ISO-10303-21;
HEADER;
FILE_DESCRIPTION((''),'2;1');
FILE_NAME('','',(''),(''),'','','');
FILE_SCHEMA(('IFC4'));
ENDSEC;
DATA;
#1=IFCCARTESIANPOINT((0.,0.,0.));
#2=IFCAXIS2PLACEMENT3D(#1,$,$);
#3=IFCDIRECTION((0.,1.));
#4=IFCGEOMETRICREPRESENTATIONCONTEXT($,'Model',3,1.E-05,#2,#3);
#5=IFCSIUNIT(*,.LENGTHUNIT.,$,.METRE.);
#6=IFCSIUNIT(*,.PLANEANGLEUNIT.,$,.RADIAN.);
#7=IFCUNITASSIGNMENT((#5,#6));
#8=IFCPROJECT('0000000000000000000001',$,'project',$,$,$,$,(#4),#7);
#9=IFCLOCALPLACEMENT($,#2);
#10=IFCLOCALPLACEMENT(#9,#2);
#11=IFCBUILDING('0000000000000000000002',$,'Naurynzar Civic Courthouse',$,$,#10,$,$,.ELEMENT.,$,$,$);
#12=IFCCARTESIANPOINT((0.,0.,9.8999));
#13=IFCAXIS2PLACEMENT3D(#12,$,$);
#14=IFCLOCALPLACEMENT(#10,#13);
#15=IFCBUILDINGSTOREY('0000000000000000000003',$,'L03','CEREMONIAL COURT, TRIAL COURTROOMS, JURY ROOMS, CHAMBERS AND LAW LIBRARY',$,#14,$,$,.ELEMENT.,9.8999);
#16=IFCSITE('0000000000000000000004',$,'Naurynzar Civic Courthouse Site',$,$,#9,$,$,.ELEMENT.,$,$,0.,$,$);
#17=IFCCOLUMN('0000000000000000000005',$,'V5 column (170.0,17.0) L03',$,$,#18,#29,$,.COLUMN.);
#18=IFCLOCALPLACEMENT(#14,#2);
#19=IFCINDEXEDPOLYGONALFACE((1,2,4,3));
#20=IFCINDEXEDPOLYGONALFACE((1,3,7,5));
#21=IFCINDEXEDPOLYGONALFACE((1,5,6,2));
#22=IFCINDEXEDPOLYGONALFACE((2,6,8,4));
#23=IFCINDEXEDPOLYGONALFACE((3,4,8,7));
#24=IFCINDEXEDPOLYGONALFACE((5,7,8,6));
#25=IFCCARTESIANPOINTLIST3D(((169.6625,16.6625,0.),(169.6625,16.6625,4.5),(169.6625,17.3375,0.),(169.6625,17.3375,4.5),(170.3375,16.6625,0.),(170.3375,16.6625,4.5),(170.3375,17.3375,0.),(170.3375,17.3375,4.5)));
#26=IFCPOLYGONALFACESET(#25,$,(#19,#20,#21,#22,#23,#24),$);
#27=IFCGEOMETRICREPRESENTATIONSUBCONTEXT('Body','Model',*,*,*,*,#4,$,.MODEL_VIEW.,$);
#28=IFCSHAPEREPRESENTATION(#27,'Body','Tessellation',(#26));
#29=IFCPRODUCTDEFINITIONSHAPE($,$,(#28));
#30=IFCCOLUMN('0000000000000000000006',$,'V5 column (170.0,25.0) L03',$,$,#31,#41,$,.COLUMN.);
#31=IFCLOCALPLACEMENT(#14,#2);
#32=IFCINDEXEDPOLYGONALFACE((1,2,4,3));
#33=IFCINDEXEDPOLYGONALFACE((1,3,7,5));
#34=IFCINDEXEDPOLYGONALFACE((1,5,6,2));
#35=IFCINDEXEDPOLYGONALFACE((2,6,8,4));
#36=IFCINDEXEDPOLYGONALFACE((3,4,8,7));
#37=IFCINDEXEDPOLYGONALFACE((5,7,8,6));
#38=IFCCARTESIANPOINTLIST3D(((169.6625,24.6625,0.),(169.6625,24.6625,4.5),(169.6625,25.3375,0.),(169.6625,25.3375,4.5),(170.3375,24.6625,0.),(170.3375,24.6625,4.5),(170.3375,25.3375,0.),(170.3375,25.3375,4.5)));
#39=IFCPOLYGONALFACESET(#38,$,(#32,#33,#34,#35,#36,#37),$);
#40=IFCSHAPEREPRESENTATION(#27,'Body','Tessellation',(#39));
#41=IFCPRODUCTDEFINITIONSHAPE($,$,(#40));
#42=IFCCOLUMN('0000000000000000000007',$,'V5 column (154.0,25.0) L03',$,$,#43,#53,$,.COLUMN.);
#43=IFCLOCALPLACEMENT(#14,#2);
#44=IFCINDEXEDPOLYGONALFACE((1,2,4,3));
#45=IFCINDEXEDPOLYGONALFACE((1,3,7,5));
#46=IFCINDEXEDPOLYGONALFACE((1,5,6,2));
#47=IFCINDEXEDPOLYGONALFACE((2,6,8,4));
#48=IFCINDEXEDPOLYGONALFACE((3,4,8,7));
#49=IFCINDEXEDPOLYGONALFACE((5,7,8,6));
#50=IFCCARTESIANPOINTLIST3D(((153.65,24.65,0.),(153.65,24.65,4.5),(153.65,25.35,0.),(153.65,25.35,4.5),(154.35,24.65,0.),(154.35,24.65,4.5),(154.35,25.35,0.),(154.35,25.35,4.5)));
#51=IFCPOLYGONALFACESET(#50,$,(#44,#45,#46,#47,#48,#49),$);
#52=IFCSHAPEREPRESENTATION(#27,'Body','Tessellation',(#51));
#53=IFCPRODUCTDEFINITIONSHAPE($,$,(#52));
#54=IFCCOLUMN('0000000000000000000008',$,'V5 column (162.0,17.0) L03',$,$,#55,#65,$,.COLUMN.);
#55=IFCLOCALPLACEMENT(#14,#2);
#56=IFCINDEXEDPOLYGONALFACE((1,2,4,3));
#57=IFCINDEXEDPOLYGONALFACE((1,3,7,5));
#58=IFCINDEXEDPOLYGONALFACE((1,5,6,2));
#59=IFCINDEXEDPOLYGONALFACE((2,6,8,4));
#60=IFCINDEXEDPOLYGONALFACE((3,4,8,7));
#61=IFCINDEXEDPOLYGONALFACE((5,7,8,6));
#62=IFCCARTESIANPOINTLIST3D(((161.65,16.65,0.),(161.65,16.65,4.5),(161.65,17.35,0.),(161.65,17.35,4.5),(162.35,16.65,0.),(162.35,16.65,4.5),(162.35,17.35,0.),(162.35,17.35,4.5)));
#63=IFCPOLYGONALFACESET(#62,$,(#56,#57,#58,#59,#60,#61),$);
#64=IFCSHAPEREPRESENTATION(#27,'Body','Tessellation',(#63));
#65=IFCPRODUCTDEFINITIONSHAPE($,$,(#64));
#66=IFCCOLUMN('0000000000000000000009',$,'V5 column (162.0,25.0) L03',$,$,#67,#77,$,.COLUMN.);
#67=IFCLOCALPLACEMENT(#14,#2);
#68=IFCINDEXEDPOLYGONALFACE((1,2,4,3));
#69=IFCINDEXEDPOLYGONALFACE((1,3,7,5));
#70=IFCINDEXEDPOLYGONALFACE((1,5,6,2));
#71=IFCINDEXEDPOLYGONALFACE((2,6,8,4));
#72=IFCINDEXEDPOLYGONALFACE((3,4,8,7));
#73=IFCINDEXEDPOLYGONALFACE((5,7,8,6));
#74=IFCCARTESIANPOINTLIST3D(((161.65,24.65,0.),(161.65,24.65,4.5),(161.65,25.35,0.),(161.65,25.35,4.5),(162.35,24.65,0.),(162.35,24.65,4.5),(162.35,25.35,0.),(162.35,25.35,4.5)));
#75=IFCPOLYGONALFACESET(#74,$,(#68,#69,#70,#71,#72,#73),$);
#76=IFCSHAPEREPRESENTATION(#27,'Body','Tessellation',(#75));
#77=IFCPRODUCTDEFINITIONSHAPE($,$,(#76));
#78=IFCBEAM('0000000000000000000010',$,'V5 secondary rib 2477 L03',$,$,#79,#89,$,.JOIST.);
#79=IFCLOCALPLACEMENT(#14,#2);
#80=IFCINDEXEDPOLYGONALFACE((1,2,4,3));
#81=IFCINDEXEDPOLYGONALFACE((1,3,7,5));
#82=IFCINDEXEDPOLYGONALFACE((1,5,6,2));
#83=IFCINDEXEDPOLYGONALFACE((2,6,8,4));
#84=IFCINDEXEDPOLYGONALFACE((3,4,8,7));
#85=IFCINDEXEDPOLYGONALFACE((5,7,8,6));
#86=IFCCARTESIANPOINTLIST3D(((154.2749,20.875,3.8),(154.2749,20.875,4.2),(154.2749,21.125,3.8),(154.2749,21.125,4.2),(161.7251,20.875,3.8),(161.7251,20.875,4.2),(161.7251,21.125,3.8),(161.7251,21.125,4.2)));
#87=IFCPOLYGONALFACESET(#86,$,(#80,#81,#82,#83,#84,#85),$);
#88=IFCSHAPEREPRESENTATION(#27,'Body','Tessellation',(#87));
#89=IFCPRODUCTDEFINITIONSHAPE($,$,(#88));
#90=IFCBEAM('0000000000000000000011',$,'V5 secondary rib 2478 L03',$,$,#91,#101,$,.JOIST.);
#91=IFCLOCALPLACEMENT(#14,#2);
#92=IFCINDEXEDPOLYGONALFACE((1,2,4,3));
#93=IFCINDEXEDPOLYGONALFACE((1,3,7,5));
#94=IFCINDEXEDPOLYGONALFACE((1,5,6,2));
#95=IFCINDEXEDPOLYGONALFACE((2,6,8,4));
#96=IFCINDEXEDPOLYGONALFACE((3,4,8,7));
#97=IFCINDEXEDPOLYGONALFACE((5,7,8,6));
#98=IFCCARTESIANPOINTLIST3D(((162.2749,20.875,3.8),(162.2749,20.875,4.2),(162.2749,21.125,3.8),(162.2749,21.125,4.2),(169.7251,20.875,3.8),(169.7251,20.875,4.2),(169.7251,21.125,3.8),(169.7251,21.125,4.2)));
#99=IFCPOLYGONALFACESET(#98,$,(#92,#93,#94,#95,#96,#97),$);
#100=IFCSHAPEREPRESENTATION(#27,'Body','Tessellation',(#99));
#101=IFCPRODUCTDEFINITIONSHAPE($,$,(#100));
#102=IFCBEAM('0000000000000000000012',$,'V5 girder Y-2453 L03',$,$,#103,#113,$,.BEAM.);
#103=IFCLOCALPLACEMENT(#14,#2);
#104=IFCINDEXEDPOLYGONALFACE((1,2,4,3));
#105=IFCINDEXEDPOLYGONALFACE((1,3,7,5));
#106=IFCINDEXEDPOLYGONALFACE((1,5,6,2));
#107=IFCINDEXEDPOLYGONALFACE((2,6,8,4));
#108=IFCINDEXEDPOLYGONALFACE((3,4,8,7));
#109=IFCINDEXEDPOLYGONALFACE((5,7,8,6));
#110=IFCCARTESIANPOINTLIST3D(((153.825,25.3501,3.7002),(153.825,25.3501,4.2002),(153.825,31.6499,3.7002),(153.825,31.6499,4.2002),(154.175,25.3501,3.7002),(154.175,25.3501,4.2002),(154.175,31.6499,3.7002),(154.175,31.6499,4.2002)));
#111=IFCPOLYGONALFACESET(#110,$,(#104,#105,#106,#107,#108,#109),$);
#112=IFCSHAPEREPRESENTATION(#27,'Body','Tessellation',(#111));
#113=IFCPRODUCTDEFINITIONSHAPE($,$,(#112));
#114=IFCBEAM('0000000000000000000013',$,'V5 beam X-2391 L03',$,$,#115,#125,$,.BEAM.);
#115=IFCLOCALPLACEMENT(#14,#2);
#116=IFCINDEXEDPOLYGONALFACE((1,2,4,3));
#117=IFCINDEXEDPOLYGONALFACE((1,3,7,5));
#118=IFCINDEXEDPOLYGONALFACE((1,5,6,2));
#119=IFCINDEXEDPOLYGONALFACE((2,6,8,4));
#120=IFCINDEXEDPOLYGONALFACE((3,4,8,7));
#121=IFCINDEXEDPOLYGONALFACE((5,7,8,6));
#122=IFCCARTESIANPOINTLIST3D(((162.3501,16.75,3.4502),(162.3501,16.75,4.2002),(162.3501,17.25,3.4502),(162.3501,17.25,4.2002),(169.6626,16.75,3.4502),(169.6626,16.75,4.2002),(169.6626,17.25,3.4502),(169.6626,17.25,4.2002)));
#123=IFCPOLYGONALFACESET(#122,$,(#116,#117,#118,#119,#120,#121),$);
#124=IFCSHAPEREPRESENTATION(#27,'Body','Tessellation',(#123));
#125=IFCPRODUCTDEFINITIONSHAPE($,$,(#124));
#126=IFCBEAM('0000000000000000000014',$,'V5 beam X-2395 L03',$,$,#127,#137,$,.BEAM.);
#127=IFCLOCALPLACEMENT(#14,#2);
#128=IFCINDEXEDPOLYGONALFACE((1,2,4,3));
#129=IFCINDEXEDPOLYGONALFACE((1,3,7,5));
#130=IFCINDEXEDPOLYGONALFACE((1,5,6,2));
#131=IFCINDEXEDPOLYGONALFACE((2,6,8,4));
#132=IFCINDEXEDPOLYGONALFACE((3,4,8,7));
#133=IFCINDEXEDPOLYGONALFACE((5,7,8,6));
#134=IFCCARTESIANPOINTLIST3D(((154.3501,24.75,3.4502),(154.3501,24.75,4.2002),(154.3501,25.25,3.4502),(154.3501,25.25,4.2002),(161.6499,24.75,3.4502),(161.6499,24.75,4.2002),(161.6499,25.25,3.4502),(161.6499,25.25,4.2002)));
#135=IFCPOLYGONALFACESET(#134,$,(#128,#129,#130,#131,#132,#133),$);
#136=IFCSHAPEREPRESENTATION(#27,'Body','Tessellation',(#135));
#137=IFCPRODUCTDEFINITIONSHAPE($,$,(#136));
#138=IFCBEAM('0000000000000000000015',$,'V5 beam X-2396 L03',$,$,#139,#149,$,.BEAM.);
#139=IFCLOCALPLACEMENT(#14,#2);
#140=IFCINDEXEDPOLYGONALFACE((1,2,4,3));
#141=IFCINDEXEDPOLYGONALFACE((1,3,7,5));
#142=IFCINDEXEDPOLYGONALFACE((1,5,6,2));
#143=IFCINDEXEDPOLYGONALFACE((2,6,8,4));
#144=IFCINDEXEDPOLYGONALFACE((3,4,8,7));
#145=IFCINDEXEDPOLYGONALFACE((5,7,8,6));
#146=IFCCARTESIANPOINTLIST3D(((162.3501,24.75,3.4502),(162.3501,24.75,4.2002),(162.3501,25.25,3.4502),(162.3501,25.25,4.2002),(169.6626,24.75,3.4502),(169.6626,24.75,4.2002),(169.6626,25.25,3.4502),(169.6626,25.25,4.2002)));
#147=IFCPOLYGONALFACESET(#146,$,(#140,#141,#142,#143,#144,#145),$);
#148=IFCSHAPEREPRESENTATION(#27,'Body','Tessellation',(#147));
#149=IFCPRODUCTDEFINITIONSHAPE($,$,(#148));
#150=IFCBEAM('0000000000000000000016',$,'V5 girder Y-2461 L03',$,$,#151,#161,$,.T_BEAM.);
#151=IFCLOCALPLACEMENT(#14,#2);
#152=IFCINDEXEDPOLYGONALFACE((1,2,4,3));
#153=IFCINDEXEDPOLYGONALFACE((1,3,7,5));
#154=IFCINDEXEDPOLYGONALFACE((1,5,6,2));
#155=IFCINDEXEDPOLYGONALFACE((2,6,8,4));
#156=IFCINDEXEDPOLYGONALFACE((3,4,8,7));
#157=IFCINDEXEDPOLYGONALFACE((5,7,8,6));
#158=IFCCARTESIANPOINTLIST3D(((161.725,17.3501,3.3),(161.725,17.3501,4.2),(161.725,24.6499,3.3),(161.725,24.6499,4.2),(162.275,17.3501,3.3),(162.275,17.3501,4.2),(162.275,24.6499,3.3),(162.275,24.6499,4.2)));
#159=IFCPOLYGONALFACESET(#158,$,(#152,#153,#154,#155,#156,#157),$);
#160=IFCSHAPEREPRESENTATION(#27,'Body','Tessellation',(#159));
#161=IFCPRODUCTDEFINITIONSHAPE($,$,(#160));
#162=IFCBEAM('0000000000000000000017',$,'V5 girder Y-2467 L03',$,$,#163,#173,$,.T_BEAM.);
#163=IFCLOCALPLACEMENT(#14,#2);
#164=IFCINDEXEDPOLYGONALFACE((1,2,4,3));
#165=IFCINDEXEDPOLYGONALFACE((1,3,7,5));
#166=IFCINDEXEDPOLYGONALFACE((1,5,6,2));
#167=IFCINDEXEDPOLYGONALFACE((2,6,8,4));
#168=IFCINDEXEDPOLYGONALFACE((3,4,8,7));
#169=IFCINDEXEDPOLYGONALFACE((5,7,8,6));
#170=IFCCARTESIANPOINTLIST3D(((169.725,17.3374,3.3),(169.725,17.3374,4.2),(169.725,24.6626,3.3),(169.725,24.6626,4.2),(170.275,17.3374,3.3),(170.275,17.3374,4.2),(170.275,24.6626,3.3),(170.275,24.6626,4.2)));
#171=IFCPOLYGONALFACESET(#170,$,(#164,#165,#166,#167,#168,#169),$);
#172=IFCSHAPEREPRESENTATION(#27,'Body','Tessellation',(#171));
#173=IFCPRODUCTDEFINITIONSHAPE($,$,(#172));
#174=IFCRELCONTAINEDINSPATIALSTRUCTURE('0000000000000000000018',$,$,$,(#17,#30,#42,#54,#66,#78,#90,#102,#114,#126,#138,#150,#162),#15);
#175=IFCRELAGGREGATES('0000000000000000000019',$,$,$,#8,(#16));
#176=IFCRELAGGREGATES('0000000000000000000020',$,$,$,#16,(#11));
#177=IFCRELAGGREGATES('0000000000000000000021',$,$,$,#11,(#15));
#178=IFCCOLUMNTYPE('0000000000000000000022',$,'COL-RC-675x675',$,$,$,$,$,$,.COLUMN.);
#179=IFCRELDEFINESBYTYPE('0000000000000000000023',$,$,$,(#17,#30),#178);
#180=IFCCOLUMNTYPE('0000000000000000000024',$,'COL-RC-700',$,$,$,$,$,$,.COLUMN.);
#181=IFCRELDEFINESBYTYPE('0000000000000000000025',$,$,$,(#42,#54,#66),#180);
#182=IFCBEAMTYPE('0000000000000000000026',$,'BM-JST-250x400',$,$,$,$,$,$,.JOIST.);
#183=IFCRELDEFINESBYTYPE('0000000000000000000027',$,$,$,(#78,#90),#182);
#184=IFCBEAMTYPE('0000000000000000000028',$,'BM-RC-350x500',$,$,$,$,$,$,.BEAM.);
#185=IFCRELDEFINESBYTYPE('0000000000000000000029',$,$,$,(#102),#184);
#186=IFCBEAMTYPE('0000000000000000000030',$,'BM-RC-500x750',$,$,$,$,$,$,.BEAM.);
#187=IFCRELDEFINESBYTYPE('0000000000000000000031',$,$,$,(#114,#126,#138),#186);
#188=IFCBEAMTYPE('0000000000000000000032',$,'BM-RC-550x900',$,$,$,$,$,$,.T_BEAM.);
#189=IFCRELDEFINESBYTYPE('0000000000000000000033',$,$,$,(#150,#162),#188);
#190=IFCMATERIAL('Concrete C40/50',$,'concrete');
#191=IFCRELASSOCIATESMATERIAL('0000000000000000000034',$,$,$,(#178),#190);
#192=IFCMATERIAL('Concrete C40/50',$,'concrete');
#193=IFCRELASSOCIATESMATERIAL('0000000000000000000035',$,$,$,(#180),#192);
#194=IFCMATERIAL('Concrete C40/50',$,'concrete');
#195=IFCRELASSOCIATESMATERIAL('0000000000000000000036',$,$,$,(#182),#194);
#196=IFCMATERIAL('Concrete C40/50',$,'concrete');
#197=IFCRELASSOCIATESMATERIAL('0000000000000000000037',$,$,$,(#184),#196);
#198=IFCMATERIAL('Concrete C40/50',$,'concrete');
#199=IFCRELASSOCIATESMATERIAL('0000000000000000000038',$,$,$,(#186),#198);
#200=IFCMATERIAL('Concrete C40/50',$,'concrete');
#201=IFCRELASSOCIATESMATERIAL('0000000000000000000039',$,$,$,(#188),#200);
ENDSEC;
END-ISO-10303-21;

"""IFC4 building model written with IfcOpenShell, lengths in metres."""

from ifc_helpers import new_model, si_unit, direction, frame, origin, origin_2d, place, context, subcontext, project, spatial, rectangle, extrude, material, material_profile, profile_set, type_object, element, save


model = new_model("IFC4")

# Units and contexts
model_context = context("Model", 3, precision=1e-05, world=origin(), true_north=direction((0.0, 1.0)))
body_context = subcontext(model_context, "Body", "Model", "MODEL_VIEW")
ifc_project = project(units=[si_unit("LENGTHUNIT", "METRE"), si_unit("PLANEANGLEUNIT", "RADIAN")], contexts=[model_context])

# Site, building, storey
site_placement = place(None, origin())
site = spatial("IfcSite", under=ifc_project, at=site_placement, Name="Naurynzar Civic Courthouse Site", CompositionType="ELEMENT", RefElevation=0.0)
building_placement = place(site_placement, origin())
building = spatial("IfcBuilding", under=site, at=building_placement, Name="Naurynzar Civic Courthouse", CompositionType="ELEMENT")
storey_placement = place(building_placement, frame((0.0, 0.0, 9.8999)))
storey = spatial("IfcBuildingStorey", under=building, at=storey_placement, Name="L03", Description="CEREMONIAL COURT, TRIAL COURTROOMS, JURY ROOMS, CHAMBERS AND LAW LIBRARY", CompositionType="ELEMENT", Elevation=9.8999)

# Columns
ifc_material_1 = material(Name="Concrete C40/50", Category="concrete")
ifc_material_profile_1 = material_profile(ifc_material_1, rectangle(XDim=0.675, YDim=0.675, at=origin_2d()), Name="RC 675x675")
ifc_profile_set_1 = profile_set([ifc_material_profile_1], Name="Concrete C40/50")
column_type_1 = type_object("IfcColumnType", Name="COL-RC-675x675", PredefinedType="COLUMN", material=ifc_profile_set_1)
for number, where, z_axis, x_axis, name in (
    (1, (170.0, 17.0, 0.0), (0.0, 0.0, 1.0), (1.0, 0.0, 0.0), "V5 column (170.0,17.0) L03"),
    (2, (170.0, 25.0, 0.0), (0.0, 0.0, 1.0), (1.0, 0.0, 0.0), "V5 column (170.0,25.0) L03"),
):
    element("IfcColumn", number, at=place(storey_placement, frame(where, z_axis=z_axis, x_axis=x_axis)), inside=storey, type_object=column_type_1, Name=name, PredefinedType="COLUMN", context=body_context, shape_type="SweptSolid", body=[
        extrude(rectangle(XDim=0.675, YDim=0.675, at=origin_2d()), origin(), (0.0, 0.0, 1.0), 4.5),
    ])
ifc_material_2 = material(Name="Concrete C40/50", Category="concrete")
ifc_material_profile_2 = material_profile(ifc_material_2, rectangle(XDim=0.7, YDim=0.7, at=origin_2d()), Name="RC 700x700")
ifc_profile_set_2 = profile_set([ifc_material_profile_2], Name="Concrete C40/50")
column_type_2 = type_object("IfcColumnType", Name="COL-RC-700", PredefinedType="COLUMN", material=ifc_profile_set_2)
for number, where, z_axis, x_axis, name in (
    (3, (154.0, 25.0, 0.0), (0.0, 0.0, 1.0), (1.0, 0.0, 0.0), "V5 column (154.0,25.0) L03"),
    (4, (162.0, 17.0, 0.0), (0.0, 0.0, 1.0), (1.0, 0.0, 0.0), "V5 column (162.0,17.0) L03"),
    (5, (162.0, 25.0, 0.0), (0.0, 0.0, 1.0), (1.0, 0.0, 0.0), "V5 column (162.0,25.0) L03"),
):
    element("IfcColumn", number, at=place(storey_placement, frame(where, z_axis=z_axis, x_axis=x_axis)), inside=storey, type_object=column_type_2, Name=name, PredefinedType="COLUMN", context=body_context, shape_type="SweptSolid", body=[
        extrude(rectangle(XDim=0.7, YDim=0.7, at=origin_2d()), origin(), (0.0, 0.0, 1.0), 4.5),
    ])

# Beams
ifc_material_3 = material(Name="Concrete C40/50", Category="concrete")
ifc_material_profile_3 = material_profile(ifc_material_3, rectangle(XDim=0.25, YDim=0.3999, at=origin_2d()), Name="RCB 250x400")
ifc_profile_set_3 = profile_set([ifc_material_profile_3], Name="Concrete C40/50")
beam_type_1 = type_object("IfcBeamType", Name="BM-JST-250x400", PredefinedType="JOIST", material=ifc_profile_set_3)
for number, where, z_axis, x_axis, name in (
    (6, (154.2749, 21.0, 4.0), (1.0, 0.0, 0.0), (0.0, 1.0, 0.0), "V5 secondary rib 2477 L03"),
    (7, (162.2749, 21.0, 4.0), (1.0, 0.0, 0.0), (0.0, 1.0, 0.0), "V5 secondary rib 2478 L03"),
):
    element("IfcBeam", number, at=place(storey_placement, frame(where, z_axis=z_axis, x_axis=x_axis)), inside=storey, type_object=beam_type_1, Name=name, PredefinedType="JOIST", context=body_context, shape_type="SweptSolid", body=[
        extrude(rectangle(XDim=0.25, YDim=0.3999, at=origin_2d()), origin(), (0.0, 0.0, 1.0), 7.4502),
    ])
ifc_material_4 = material(Name="Concrete C40/50", Category="concrete")
ifc_material_profile_4 = material_profile(ifc_material_4, rectangle(XDim=0.3501, YDim=0.5, at=origin_2d()), Name="RCB 350x500")
ifc_profile_set_4 = profile_set([ifc_material_profile_4], Name="Concrete C40/50")
beam_type_2 = type_object("IfcBeamType", Name="BM-RC-350x500", PredefinedType="BEAM", material=ifc_profile_set_4)
beam_1_placement = place(storey_placement, frame((154.0, 25.3501, 3.9502), z_axis=(0.0, 1.0, 0.0), x_axis=(-1.0, 0.0, 0.0)))
element("IfcBeam", 8, at=beam_1_placement, inside=storey, type_object=beam_type_2, Name="V5 girder Y-2453 L03", PredefinedType="BEAM", context=body_context, shape_type="SweptSolid", body=[
    extrude(rectangle(XDim=0.3501, YDim=0.5, at=origin_2d()), origin(), (0.0, 0.0, 1.0), 6.2998),
])
ifc_material_5 = material(Name="Concrete C40/50", Category="concrete")
ifc_material_profile_5 = material_profile(ifc_material_5, rectangle(XDim=0.5, YDim=0.75, at=origin_2d()), Name="RCB 500x750")
ifc_profile_set_5 = profile_set([ifc_material_profile_5], Name="Concrete C40/50")
beam_type_3 = type_object("IfcBeamType", Name="BM-RC-500x750", PredefinedType="BEAM", material=ifc_profile_set_5)
beam_2_placement = place(storey_placement, frame((162.3501, 17.0, 3.8252), z_axis=(1.0, 0.0, 0.0), x_axis=(0.0, 1.0, 0.0)))
element("IfcBeam", 9, at=beam_2_placement, inside=storey, type_object=beam_type_3, Name="V5 beam X-2391 L03", PredefinedType="BEAM", context=body_context, shape_type="SweptSolid", body=[
    extrude(rectangle(XDim=0.5, YDim=0.75, at=origin_2d()), origin(), (0.0, 0.0, 1.0), 7.3125),
])
beam_3_placement = place(storey_placement, frame((154.3501, 25.0, 3.8252), z_axis=(1.0, 0.0, 0.0), x_axis=(0.0, 1.0, 0.0)))
element("IfcBeam", 10, at=beam_3_placement, inside=storey, type_object=beam_type_3, Name="V5 beam X-2395 L03", PredefinedType="BEAM", context=body_context, shape_type="SweptSolid", body=[
    extrude(rectangle(XDim=0.5, YDim=0.75, at=origin_2d()), origin(), (0.0, 0.0, 1.0), 7.2998),
])
beam_4_placement = place(storey_placement, frame((162.3501, 25.0, 3.8252), z_axis=(1.0, 0.0, 0.0), x_axis=(0.0, 1.0, 0.0)))
element("IfcBeam", 11, at=beam_4_placement, inside=storey, type_object=beam_type_3, Name="V5 beam X-2396 L03", PredefinedType="BEAM", context=body_context, shape_type="SweptSolid", body=[
    extrude(rectangle(XDim=0.5, YDim=0.75, at=origin_2d()), origin(), (0.0, 0.0, 1.0), 7.3125),
])
ifc_material_6 = material(Name="Concrete C40/50", Category="concrete")
ifc_material_profile_6 = material_profile(ifc_material_6, rectangle(XDim=0.55, YDim=0.8999, at=origin_2d()), Name="RCB 550x900")
ifc_profile_set_6 = profile_set([ifc_material_profile_6], Name="Concrete C40/50")
beam_type_4 = type_object("IfcBeamType", Name="BM-RC-550x900", PredefinedType="T_BEAM", material=ifc_profile_set_6)
beam_5_placement = place(storey_placement, frame((162.0, 17.3501, 3.75), z_axis=(0.0, 1.0, 0.0), x_axis=(-1.0, 0.0, 0.0)))
element("IfcBeam", 12, at=beam_5_placement, inside=storey, type_object=beam_type_4, Name="V5 girder Y-2461 L03", PredefinedType="T_BEAM", context=body_context, shape_type="SweptSolid", body=[
    extrude(rectangle(XDim=0.55, YDim=0.8999, at=origin_2d()), origin(), (0.0, 0.0, 1.0), 7.2998),
])
beam_6_placement = place(storey_placement, frame((170.0, 17.3374, 3.75), z_axis=(0.0, 1.0, 0.0), x_axis=(-1.0, 0.0, 0.0)))
element("IfcBeam", 13, at=beam_6_placement, inside=storey, type_object=beam_type_4, Name="V5 girder Y-2467 L03", PredefinedType="T_BEAM", context=body_context, shape_type="SweptSolid", body=[
    extrude(rectangle(XDim=0.55, YDim=0.8999, at=origin_2d()), origin(), (0.0, 0.0, 1.0), 7.3252),
])

save(model, "model.ifc")
